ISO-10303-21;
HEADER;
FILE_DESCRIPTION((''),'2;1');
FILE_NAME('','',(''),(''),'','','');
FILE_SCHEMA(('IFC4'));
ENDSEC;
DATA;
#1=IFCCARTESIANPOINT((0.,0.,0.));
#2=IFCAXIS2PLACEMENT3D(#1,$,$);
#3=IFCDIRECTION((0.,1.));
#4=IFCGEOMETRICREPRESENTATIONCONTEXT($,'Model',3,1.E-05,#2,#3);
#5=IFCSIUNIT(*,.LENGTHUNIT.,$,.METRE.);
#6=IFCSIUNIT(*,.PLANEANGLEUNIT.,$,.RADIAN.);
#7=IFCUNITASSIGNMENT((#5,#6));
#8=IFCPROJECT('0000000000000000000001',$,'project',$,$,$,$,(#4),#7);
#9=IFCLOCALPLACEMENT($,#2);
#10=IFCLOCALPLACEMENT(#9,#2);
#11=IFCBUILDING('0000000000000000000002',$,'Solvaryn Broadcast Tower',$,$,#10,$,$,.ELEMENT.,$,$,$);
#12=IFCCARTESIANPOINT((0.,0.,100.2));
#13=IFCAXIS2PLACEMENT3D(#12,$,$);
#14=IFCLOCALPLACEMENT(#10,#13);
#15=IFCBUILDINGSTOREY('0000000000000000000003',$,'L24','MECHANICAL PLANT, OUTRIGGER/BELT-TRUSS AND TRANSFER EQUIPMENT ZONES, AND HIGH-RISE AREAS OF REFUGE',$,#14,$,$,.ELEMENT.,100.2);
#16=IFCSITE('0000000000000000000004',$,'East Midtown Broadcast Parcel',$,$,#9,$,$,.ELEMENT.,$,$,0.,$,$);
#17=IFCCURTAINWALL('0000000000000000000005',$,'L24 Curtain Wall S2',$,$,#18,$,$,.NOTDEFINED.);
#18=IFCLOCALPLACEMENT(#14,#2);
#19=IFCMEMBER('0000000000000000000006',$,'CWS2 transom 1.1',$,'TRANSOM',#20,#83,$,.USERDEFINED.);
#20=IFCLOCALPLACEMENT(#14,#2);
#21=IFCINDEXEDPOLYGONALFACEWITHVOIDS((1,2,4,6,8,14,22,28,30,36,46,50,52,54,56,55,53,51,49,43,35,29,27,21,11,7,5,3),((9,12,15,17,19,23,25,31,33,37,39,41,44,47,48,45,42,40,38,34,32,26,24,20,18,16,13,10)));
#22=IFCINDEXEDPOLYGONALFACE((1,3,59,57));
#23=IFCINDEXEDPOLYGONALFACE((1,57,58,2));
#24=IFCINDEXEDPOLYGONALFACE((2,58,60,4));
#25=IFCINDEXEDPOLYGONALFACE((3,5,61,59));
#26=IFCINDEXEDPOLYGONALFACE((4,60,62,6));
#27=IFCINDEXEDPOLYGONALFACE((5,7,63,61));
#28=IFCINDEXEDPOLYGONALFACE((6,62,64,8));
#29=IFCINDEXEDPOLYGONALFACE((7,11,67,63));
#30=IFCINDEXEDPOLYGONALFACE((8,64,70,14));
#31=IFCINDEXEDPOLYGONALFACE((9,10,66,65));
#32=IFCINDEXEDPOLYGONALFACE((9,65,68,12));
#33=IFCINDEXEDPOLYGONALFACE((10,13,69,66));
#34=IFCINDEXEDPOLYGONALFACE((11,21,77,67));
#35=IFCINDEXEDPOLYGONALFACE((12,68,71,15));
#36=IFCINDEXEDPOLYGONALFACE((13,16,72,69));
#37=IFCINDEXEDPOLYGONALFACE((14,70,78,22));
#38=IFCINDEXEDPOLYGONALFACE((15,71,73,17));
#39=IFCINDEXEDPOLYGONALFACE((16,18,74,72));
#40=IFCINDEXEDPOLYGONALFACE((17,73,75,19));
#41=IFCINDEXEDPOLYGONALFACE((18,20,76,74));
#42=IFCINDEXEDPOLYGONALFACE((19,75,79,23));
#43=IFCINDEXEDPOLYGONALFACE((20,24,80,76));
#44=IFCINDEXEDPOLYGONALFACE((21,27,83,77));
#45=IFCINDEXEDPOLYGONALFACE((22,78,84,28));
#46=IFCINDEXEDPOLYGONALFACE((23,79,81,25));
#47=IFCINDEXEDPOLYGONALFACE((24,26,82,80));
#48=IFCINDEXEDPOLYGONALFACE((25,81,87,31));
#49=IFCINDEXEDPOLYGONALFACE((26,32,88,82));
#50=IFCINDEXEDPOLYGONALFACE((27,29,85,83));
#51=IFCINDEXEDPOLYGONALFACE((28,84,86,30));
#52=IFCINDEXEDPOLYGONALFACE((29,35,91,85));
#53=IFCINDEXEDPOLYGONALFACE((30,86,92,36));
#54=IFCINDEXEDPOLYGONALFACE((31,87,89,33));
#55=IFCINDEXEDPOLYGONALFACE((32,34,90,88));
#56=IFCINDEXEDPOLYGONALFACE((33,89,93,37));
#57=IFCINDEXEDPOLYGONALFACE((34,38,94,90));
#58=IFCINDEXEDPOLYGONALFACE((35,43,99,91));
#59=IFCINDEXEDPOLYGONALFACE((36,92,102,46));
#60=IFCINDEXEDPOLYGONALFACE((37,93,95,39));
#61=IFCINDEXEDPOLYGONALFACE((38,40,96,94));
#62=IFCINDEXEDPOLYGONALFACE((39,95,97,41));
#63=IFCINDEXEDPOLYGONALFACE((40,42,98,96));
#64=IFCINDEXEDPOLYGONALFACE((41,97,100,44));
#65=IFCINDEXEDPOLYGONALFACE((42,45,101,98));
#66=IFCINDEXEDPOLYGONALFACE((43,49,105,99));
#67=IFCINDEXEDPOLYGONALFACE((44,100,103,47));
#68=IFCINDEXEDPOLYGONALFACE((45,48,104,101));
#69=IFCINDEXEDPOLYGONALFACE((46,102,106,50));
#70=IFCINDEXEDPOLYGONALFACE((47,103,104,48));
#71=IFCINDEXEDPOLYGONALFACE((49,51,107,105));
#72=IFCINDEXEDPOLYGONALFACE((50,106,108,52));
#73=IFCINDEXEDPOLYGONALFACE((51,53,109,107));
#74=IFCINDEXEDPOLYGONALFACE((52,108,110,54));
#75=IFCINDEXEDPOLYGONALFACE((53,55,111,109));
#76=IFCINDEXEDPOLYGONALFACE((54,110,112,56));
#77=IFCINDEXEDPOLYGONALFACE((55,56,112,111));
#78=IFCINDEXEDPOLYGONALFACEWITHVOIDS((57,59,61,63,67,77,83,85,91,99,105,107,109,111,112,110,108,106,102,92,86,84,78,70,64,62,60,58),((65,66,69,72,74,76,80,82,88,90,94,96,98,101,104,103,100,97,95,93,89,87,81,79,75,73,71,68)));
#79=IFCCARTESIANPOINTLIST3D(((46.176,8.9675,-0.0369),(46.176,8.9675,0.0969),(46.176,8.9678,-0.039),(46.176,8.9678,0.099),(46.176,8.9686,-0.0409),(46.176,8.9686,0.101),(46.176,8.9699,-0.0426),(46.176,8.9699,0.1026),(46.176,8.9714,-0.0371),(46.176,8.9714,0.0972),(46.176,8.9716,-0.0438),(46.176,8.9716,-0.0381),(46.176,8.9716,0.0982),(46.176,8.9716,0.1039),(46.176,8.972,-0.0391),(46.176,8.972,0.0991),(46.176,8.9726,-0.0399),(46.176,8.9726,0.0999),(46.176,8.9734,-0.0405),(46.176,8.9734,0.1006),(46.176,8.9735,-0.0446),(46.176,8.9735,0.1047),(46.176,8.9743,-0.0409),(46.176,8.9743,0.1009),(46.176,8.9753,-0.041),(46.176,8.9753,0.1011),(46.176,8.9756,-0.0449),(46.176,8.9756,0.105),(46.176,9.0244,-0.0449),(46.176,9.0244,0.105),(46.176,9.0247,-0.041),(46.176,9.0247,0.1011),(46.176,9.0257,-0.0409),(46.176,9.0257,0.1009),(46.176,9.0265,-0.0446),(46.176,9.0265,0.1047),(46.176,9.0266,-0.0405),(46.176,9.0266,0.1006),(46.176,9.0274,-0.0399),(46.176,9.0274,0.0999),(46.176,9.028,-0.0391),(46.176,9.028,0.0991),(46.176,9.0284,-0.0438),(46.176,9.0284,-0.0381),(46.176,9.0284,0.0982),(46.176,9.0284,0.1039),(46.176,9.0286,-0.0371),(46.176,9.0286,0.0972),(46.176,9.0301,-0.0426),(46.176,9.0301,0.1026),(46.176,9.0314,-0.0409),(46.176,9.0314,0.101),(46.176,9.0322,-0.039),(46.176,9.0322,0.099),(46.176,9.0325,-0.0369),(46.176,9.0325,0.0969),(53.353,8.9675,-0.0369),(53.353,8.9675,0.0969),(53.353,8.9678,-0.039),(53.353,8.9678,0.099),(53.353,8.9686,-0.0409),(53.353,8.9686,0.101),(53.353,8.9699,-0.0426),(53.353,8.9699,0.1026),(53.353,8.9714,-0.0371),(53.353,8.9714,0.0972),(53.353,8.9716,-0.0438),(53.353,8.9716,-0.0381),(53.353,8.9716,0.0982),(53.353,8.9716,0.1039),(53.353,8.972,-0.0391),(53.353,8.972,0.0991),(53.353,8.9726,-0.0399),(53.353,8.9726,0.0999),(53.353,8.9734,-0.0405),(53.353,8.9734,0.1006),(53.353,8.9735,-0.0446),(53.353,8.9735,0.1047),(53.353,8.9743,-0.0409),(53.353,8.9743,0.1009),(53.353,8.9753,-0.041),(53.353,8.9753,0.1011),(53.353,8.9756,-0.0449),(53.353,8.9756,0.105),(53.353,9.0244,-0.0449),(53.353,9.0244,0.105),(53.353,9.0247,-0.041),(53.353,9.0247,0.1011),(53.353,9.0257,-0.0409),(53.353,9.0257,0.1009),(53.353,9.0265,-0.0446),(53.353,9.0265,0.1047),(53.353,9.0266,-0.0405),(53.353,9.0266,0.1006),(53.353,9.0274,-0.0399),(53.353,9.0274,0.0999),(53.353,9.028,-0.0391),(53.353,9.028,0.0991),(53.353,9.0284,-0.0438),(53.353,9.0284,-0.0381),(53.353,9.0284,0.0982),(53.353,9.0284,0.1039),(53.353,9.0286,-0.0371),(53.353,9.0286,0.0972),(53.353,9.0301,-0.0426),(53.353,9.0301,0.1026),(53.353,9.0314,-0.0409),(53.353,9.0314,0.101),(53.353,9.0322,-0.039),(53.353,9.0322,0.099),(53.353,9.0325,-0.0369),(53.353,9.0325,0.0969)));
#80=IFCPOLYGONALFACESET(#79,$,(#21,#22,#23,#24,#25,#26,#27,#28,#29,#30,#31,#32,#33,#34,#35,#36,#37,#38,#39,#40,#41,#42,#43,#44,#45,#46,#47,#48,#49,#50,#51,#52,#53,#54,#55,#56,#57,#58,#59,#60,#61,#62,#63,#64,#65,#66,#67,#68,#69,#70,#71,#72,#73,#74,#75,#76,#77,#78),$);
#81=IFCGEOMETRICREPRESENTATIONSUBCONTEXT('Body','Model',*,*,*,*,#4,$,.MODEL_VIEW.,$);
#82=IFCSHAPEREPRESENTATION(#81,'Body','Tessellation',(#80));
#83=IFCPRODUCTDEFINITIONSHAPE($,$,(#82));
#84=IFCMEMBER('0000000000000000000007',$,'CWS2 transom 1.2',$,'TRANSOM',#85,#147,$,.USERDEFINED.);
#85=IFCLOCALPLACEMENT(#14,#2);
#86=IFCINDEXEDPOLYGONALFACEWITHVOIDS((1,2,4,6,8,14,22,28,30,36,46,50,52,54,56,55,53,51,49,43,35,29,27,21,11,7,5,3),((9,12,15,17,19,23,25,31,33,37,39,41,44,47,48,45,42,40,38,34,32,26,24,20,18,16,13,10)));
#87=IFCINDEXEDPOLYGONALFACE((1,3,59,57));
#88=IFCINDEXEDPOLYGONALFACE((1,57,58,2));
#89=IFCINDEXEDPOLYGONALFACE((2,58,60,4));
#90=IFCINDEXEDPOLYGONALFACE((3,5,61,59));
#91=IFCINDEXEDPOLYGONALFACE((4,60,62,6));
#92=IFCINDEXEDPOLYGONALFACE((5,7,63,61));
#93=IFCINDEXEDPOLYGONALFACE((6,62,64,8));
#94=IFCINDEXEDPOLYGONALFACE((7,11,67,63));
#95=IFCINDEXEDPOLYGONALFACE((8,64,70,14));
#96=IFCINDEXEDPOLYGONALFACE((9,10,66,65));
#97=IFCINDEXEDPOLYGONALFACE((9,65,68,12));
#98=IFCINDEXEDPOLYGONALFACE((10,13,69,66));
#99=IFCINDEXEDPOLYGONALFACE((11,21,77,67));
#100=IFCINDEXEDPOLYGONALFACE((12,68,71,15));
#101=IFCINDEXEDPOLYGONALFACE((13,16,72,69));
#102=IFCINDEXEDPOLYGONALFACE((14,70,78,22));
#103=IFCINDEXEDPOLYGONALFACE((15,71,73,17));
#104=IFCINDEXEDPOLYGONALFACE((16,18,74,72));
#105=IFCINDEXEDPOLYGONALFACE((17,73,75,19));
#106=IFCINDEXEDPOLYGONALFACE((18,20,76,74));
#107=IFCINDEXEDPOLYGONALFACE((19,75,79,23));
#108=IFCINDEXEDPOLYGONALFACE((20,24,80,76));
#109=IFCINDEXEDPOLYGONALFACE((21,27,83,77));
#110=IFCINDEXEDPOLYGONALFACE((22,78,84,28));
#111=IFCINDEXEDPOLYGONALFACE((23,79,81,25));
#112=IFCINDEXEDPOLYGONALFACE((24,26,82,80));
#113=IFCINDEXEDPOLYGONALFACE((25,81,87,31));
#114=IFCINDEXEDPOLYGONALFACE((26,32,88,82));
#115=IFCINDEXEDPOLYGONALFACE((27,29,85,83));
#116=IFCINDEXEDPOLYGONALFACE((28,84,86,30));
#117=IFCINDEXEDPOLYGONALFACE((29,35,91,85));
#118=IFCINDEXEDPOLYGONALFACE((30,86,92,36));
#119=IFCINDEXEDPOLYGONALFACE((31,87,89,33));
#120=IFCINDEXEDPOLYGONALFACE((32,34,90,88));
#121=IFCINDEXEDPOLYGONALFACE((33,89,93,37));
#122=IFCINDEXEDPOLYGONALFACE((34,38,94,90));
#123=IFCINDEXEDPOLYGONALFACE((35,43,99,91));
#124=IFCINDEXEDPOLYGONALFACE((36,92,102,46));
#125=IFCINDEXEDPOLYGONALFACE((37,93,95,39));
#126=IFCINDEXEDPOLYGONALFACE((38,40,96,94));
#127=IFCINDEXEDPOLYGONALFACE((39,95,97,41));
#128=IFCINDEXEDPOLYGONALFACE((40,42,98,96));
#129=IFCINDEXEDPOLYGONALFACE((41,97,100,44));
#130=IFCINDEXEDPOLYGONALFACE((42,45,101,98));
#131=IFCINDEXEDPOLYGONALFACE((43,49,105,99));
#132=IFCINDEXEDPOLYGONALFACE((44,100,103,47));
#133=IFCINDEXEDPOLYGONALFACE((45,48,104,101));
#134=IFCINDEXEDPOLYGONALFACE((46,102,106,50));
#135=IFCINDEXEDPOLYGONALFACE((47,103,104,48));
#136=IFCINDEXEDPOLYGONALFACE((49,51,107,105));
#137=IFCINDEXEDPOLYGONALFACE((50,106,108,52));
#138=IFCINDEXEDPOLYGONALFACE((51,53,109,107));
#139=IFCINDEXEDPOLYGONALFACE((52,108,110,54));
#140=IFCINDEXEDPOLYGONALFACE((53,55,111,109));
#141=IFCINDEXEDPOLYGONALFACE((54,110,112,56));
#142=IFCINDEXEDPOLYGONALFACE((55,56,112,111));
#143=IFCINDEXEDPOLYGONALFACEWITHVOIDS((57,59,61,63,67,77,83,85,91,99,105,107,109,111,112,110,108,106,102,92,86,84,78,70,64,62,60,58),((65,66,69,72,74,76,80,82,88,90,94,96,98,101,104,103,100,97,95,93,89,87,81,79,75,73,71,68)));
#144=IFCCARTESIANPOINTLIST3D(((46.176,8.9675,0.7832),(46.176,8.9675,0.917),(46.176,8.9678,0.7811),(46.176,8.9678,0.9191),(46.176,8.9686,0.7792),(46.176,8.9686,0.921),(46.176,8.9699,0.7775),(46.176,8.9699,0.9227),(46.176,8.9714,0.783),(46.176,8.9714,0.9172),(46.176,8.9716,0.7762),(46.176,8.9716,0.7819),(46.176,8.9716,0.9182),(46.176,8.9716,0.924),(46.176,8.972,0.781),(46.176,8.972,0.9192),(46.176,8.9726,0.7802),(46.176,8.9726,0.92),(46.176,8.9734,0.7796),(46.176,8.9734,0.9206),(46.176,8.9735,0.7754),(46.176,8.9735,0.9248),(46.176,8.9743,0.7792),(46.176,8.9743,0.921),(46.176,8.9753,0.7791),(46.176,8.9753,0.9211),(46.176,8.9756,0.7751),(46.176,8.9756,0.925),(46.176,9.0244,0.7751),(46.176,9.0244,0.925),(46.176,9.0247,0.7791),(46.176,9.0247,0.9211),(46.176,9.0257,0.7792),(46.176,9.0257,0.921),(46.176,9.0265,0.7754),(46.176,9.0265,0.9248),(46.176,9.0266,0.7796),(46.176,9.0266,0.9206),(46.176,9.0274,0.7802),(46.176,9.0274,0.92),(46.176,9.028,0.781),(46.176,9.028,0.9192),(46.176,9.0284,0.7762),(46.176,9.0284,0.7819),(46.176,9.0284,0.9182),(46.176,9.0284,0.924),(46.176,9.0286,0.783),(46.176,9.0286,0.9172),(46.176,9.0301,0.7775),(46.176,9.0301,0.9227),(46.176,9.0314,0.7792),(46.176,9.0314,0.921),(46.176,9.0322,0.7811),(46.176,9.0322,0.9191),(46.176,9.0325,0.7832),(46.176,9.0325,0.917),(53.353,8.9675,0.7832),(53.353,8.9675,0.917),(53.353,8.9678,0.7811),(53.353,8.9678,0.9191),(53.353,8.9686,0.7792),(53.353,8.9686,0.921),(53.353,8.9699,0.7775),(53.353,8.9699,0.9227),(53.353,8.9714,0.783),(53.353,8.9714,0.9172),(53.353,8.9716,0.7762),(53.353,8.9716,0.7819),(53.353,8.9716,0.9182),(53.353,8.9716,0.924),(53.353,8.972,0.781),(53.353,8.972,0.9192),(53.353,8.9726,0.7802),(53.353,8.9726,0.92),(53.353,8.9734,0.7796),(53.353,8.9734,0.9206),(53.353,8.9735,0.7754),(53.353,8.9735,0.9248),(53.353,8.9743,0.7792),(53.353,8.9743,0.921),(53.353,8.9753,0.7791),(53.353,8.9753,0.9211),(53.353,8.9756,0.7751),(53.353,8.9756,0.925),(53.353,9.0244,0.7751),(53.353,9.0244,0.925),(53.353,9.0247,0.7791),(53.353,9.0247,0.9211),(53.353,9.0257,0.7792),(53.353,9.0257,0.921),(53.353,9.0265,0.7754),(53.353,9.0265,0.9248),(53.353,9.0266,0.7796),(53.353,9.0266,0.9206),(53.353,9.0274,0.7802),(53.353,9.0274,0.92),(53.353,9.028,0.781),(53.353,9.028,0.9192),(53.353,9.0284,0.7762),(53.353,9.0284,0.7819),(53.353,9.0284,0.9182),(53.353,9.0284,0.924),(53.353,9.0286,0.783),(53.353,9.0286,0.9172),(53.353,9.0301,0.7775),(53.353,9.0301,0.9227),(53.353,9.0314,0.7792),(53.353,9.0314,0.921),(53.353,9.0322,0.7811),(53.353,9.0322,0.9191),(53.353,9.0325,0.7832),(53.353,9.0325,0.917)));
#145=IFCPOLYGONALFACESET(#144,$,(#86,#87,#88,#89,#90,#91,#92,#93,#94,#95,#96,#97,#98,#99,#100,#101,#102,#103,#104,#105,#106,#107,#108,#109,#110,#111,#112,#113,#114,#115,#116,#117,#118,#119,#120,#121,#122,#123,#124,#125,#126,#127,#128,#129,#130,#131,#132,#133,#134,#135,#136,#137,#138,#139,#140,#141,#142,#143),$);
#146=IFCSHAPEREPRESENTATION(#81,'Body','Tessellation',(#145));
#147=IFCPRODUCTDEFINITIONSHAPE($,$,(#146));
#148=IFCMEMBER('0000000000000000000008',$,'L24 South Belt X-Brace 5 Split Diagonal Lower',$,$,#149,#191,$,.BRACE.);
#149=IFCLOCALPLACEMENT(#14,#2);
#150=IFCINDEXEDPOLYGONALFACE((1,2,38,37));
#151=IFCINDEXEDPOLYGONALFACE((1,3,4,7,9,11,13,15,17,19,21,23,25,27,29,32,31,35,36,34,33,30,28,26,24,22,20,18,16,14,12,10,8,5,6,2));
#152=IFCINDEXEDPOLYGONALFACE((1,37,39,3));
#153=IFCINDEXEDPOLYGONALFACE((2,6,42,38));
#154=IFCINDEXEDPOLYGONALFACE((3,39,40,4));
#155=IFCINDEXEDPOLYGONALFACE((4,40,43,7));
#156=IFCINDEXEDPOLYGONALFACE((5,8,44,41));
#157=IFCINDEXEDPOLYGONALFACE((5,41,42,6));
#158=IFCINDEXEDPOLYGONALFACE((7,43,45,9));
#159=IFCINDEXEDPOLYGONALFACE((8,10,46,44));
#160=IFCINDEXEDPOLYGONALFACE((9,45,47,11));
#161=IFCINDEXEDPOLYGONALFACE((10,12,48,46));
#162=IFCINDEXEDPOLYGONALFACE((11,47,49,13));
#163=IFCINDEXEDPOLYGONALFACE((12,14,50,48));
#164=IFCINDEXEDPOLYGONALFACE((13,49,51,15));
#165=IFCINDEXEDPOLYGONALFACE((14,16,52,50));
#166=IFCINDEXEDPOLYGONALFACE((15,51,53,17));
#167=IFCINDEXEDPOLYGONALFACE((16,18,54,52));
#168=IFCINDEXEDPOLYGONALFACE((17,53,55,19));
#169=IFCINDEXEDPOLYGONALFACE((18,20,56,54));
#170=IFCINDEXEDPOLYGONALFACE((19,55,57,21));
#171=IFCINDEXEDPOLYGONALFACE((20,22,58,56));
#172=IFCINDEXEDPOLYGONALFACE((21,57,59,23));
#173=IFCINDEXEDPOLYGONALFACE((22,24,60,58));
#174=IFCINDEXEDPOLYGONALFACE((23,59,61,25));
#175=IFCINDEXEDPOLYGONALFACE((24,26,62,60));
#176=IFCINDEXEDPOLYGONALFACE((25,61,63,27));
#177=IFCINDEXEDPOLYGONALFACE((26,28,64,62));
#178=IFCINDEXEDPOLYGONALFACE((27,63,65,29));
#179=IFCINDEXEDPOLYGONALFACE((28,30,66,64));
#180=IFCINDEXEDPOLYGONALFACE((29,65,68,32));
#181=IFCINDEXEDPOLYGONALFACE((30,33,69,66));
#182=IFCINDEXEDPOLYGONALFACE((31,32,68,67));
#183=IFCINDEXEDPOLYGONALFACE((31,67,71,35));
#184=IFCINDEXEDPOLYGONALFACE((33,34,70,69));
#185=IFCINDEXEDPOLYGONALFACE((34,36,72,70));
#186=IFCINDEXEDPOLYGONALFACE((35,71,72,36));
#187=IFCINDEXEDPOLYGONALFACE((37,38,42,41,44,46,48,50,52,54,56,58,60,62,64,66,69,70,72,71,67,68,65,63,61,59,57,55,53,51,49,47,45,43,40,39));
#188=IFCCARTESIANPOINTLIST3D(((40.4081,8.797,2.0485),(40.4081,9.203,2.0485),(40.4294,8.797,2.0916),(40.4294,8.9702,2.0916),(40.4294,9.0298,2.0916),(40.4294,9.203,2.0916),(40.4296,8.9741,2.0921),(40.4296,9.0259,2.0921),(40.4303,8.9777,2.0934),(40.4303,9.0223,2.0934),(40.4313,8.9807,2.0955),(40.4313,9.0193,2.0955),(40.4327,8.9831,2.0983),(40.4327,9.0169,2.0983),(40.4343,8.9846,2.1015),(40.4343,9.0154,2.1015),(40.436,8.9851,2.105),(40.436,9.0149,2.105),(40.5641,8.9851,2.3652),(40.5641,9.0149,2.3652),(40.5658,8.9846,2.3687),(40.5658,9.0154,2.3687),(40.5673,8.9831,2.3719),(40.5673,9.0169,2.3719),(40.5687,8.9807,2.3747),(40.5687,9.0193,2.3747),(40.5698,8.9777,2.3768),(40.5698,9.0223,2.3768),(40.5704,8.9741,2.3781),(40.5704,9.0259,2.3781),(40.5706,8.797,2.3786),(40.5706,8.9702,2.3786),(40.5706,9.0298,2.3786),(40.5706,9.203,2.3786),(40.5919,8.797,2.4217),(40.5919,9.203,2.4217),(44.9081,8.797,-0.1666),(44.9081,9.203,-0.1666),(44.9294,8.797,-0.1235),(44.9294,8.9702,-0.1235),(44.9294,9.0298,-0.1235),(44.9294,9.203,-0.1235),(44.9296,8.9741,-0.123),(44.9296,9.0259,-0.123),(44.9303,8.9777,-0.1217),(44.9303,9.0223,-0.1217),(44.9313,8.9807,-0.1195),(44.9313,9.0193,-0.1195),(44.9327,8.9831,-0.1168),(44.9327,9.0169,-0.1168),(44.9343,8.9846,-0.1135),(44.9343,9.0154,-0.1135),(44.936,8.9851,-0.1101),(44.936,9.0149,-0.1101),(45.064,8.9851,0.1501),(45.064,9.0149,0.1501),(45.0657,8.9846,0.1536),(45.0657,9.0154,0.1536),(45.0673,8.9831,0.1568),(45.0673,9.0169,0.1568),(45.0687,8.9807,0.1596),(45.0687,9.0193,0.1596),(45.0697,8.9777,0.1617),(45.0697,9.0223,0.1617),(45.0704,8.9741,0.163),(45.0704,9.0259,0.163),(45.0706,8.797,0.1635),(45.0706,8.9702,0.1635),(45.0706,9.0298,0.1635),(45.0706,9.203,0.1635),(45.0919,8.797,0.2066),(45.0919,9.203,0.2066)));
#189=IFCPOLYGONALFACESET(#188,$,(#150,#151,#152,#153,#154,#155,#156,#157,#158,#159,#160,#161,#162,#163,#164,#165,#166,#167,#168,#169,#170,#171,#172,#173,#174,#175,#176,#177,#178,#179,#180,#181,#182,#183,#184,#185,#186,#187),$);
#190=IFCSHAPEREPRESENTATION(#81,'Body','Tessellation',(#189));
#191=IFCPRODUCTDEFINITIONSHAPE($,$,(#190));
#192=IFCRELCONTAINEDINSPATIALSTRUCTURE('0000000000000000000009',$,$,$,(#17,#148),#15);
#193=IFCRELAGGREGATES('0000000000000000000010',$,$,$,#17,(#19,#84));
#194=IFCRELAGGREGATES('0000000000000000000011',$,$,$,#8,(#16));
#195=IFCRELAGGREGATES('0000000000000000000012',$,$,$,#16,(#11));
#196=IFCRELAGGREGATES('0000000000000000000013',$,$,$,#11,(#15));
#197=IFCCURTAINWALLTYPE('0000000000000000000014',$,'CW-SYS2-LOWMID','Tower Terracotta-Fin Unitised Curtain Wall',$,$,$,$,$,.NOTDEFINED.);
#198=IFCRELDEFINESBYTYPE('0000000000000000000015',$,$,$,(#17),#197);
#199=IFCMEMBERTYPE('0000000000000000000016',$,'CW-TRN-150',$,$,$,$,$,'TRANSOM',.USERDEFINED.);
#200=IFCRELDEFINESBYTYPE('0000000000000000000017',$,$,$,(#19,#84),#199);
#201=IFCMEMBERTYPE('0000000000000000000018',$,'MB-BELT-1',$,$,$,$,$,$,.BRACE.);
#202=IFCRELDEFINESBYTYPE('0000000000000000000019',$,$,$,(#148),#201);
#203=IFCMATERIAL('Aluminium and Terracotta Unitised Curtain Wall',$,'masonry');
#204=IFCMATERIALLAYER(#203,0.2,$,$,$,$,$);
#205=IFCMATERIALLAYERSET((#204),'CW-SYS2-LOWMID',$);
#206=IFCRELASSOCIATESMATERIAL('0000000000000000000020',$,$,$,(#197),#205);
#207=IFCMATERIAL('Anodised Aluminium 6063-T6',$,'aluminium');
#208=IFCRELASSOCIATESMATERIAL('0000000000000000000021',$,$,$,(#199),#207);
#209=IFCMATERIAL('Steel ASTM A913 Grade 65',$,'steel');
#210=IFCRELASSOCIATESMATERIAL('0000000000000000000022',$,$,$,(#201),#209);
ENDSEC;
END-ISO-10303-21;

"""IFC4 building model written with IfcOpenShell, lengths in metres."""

from ifc_helpers import new_model, si_unit, direction, frame, origin, origin_2d, place, context, subcontext, project, spatial, hollow_rectangle, i_section, extrude, material, layer, layer_set, material_profile, profile_set, type_object, element, aggregate, save


model = new_model("IFC4")

# Units and contexts
model_context = context("Model", 3, precision=1e-05, world=origin(), true_north=direction((0.0, 1.0)))
body_context = subcontext(model_context, "Body", "Model", "MODEL_VIEW")
ifc_project = project(units=[si_unit("LENGTHUNIT", "METRE"), si_unit("PLANEANGLEUNIT", "RADIAN")], contexts=[model_context])

# Site, building, storey
site_placement = place(None, origin())
site = spatial("IfcSite", under=ifc_project, at=site_placement, Name="East Midtown Broadcast Parcel", CompositionType="ELEMENT", RefElevation=0.0)
building_placement = place(site_placement, origin())
building = spatial("IfcBuilding", under=site, at=building_placement, Name="Solvaryn Broadcast Tower", CompositionType="ELEMENT")
storey_placement = place(building_placement, frame((0.0, 0.0, 100.2)))
storey = spatial("IfcBuildingStorey", under=building, at=storey_placement, Name="L24", Description="MECHANICAL PLANT, OUTRIGGER/BELT-TRUSS AND TRANSFER EQUIPMENT ZONES, AND HIGH-RISE AREAS OF REFUGE", CompositionType="ELEMENT", Elevation=100.2)

# Shared definitions
ifc_material_1 = material(Name="Aluminium and Terracotta Unitised Curtain Wall", Category="masonry")
ifc_layer_1 = layer(ifc_material_1, 0.2)
ifc_layer_set_1 = layer_set([ifc_layer_1], Name="CW-SYS2-LOWMID")
curtain_wall_type = type_object("IfcCurtainWallType", Name="CW-SYS2-LOWMID", Description="Tower Terracotta-Fin Unitised Curtain Wall", PredefinedType="NOTDEFINED", material=ifc_layer_set_1)

# Curtain wall, members
curtain_wall_1_placement = place(storey_placement, origin())
curtain_wall_1 = element("IfcCurtainWall", 1, at=curtain_wall_1_placement, inside=storey, type_object=curtain_wall_type, Name="L24 Curtain Wall S2", PredefinedType="NOTDEFINED")
ifc_material_2 = material(Name="Anodised Aluminium 6063-T6", Category="aluminium")
ifc_material_profile_1 = material_profile(ifc_material_2, hollow_rectangle(XDim=0.0649, YDim=0.1499, WallThickness=0.0039, InnerFilletRadius=0.0039, OuterFilletRadius=0.0081, at=origin_2d()))
ifc_profile_set_1 = profile_set([ifc_material_profile_1], Name="Anodised Aluminium 6063-T6")
member_type_1 = type_object("IfcMemberType", Name="CW-TRN-150", ElementType="TRANSOM", PredefinedType="USERDEFINED", material=ifc_profile_set_1)
member_1_placement = place(storey_placement, frame((46.176, 9.0, 0.03), z_axis=(1.0, 0.0, 0.0), x_axis=(0.0, 1.0, 0.0)))
member_1 = element("IfcMember", 2, at=member_1_placement, type_object=member_type_1, Name="CWS2 transom 1.1", ObjectType="TRANSOM", PredefinedType="USERDEFINED", context=body_context, shape_type="SweptSolid", body=[
    extrude(hollow_rectangle(XDim=0.0649, YDim=0.1499, WallThickness=0.0039, InnerFilletRadius=0.0039, OuterFilletRadius=0.0081, at=origin_2d()), origin(), (0.0, 0.0, 1.0), 7.177),
])
member_2_placement = place(storey_placement, frame((46.176, 9.0, 0.8501), z_axis=(1.0, 0.0, 0.0), x_axis=(0.0, 1.0, 0.0)))
member_2 = element("IfcMember", 3, at=member_2_placement, type_object=member_type_1, Name="CWS2 transom 1.2", ObjectType="TRANSOM", PredefinedType="USERDEFINED", context=body_context, shape_type="SweptSolid", body=[
    extrude(hollow_rectangle(XDim=0.0649, YDim=0.1499, WallThickness=0.0039, InnerFilletRadius=0.0039, OuterFilletRadius=0.0081, at=origin_2d()), origin(), (0.0, 0.0, 1.0), 7.177),
])
aggregate(curtain_wall_1, [member_1, member_2])

# Member
ifc_material_3 = material(Name="Steel ASTM A913 Grade 65", Category="steel")
ifc_material_profile_2 = material_profile(ifc_material_3, i_section(OverallWidth=0.406, OverallDepth=0.416, WebThickness=0.0298, FlangeThickness=0.0481, FilletRadius=0.0149, at=origin_2d()))
ifc_profile_set_2 = profile_set([ifc_material_profile_2], Name="Steel ASTM A913 Grade 65")
member_type_2 = type_object("IfcMemberType", Name="MB-BELT-1", PredefinedType="BRACE", material=ifc_profile_set_2)
for number, where, z_axis, x_axis, name in (
    (4, (45.0, 9.0, 0.02), (-0.897194, 0.0, 0.441636), (0.0, -1.0, 0.0), "L24 South Belt X-Brace 5 Split Diagonal Lower"),
):
    element("IfcMember", number, at=place(storey_placement, frame(where, z_axis=z_axis, x_axis=x_axis)), inside=storey, type_object=member_type_2, Name=name, PredefinedType="BRACE", context=body_context, shape_type="SweptSolid", body=[
        extrude(i_section(OverallWidth=0.406, OverallDepth=0.416, WebThickness=0.0298, FlangeThickness=0.0481, FilletRadius=0.0149, at=origin_2d()), origin(), (0.0, 0.0, 1.0), 5.0156),
    ])

save(model, "model.ifc")
